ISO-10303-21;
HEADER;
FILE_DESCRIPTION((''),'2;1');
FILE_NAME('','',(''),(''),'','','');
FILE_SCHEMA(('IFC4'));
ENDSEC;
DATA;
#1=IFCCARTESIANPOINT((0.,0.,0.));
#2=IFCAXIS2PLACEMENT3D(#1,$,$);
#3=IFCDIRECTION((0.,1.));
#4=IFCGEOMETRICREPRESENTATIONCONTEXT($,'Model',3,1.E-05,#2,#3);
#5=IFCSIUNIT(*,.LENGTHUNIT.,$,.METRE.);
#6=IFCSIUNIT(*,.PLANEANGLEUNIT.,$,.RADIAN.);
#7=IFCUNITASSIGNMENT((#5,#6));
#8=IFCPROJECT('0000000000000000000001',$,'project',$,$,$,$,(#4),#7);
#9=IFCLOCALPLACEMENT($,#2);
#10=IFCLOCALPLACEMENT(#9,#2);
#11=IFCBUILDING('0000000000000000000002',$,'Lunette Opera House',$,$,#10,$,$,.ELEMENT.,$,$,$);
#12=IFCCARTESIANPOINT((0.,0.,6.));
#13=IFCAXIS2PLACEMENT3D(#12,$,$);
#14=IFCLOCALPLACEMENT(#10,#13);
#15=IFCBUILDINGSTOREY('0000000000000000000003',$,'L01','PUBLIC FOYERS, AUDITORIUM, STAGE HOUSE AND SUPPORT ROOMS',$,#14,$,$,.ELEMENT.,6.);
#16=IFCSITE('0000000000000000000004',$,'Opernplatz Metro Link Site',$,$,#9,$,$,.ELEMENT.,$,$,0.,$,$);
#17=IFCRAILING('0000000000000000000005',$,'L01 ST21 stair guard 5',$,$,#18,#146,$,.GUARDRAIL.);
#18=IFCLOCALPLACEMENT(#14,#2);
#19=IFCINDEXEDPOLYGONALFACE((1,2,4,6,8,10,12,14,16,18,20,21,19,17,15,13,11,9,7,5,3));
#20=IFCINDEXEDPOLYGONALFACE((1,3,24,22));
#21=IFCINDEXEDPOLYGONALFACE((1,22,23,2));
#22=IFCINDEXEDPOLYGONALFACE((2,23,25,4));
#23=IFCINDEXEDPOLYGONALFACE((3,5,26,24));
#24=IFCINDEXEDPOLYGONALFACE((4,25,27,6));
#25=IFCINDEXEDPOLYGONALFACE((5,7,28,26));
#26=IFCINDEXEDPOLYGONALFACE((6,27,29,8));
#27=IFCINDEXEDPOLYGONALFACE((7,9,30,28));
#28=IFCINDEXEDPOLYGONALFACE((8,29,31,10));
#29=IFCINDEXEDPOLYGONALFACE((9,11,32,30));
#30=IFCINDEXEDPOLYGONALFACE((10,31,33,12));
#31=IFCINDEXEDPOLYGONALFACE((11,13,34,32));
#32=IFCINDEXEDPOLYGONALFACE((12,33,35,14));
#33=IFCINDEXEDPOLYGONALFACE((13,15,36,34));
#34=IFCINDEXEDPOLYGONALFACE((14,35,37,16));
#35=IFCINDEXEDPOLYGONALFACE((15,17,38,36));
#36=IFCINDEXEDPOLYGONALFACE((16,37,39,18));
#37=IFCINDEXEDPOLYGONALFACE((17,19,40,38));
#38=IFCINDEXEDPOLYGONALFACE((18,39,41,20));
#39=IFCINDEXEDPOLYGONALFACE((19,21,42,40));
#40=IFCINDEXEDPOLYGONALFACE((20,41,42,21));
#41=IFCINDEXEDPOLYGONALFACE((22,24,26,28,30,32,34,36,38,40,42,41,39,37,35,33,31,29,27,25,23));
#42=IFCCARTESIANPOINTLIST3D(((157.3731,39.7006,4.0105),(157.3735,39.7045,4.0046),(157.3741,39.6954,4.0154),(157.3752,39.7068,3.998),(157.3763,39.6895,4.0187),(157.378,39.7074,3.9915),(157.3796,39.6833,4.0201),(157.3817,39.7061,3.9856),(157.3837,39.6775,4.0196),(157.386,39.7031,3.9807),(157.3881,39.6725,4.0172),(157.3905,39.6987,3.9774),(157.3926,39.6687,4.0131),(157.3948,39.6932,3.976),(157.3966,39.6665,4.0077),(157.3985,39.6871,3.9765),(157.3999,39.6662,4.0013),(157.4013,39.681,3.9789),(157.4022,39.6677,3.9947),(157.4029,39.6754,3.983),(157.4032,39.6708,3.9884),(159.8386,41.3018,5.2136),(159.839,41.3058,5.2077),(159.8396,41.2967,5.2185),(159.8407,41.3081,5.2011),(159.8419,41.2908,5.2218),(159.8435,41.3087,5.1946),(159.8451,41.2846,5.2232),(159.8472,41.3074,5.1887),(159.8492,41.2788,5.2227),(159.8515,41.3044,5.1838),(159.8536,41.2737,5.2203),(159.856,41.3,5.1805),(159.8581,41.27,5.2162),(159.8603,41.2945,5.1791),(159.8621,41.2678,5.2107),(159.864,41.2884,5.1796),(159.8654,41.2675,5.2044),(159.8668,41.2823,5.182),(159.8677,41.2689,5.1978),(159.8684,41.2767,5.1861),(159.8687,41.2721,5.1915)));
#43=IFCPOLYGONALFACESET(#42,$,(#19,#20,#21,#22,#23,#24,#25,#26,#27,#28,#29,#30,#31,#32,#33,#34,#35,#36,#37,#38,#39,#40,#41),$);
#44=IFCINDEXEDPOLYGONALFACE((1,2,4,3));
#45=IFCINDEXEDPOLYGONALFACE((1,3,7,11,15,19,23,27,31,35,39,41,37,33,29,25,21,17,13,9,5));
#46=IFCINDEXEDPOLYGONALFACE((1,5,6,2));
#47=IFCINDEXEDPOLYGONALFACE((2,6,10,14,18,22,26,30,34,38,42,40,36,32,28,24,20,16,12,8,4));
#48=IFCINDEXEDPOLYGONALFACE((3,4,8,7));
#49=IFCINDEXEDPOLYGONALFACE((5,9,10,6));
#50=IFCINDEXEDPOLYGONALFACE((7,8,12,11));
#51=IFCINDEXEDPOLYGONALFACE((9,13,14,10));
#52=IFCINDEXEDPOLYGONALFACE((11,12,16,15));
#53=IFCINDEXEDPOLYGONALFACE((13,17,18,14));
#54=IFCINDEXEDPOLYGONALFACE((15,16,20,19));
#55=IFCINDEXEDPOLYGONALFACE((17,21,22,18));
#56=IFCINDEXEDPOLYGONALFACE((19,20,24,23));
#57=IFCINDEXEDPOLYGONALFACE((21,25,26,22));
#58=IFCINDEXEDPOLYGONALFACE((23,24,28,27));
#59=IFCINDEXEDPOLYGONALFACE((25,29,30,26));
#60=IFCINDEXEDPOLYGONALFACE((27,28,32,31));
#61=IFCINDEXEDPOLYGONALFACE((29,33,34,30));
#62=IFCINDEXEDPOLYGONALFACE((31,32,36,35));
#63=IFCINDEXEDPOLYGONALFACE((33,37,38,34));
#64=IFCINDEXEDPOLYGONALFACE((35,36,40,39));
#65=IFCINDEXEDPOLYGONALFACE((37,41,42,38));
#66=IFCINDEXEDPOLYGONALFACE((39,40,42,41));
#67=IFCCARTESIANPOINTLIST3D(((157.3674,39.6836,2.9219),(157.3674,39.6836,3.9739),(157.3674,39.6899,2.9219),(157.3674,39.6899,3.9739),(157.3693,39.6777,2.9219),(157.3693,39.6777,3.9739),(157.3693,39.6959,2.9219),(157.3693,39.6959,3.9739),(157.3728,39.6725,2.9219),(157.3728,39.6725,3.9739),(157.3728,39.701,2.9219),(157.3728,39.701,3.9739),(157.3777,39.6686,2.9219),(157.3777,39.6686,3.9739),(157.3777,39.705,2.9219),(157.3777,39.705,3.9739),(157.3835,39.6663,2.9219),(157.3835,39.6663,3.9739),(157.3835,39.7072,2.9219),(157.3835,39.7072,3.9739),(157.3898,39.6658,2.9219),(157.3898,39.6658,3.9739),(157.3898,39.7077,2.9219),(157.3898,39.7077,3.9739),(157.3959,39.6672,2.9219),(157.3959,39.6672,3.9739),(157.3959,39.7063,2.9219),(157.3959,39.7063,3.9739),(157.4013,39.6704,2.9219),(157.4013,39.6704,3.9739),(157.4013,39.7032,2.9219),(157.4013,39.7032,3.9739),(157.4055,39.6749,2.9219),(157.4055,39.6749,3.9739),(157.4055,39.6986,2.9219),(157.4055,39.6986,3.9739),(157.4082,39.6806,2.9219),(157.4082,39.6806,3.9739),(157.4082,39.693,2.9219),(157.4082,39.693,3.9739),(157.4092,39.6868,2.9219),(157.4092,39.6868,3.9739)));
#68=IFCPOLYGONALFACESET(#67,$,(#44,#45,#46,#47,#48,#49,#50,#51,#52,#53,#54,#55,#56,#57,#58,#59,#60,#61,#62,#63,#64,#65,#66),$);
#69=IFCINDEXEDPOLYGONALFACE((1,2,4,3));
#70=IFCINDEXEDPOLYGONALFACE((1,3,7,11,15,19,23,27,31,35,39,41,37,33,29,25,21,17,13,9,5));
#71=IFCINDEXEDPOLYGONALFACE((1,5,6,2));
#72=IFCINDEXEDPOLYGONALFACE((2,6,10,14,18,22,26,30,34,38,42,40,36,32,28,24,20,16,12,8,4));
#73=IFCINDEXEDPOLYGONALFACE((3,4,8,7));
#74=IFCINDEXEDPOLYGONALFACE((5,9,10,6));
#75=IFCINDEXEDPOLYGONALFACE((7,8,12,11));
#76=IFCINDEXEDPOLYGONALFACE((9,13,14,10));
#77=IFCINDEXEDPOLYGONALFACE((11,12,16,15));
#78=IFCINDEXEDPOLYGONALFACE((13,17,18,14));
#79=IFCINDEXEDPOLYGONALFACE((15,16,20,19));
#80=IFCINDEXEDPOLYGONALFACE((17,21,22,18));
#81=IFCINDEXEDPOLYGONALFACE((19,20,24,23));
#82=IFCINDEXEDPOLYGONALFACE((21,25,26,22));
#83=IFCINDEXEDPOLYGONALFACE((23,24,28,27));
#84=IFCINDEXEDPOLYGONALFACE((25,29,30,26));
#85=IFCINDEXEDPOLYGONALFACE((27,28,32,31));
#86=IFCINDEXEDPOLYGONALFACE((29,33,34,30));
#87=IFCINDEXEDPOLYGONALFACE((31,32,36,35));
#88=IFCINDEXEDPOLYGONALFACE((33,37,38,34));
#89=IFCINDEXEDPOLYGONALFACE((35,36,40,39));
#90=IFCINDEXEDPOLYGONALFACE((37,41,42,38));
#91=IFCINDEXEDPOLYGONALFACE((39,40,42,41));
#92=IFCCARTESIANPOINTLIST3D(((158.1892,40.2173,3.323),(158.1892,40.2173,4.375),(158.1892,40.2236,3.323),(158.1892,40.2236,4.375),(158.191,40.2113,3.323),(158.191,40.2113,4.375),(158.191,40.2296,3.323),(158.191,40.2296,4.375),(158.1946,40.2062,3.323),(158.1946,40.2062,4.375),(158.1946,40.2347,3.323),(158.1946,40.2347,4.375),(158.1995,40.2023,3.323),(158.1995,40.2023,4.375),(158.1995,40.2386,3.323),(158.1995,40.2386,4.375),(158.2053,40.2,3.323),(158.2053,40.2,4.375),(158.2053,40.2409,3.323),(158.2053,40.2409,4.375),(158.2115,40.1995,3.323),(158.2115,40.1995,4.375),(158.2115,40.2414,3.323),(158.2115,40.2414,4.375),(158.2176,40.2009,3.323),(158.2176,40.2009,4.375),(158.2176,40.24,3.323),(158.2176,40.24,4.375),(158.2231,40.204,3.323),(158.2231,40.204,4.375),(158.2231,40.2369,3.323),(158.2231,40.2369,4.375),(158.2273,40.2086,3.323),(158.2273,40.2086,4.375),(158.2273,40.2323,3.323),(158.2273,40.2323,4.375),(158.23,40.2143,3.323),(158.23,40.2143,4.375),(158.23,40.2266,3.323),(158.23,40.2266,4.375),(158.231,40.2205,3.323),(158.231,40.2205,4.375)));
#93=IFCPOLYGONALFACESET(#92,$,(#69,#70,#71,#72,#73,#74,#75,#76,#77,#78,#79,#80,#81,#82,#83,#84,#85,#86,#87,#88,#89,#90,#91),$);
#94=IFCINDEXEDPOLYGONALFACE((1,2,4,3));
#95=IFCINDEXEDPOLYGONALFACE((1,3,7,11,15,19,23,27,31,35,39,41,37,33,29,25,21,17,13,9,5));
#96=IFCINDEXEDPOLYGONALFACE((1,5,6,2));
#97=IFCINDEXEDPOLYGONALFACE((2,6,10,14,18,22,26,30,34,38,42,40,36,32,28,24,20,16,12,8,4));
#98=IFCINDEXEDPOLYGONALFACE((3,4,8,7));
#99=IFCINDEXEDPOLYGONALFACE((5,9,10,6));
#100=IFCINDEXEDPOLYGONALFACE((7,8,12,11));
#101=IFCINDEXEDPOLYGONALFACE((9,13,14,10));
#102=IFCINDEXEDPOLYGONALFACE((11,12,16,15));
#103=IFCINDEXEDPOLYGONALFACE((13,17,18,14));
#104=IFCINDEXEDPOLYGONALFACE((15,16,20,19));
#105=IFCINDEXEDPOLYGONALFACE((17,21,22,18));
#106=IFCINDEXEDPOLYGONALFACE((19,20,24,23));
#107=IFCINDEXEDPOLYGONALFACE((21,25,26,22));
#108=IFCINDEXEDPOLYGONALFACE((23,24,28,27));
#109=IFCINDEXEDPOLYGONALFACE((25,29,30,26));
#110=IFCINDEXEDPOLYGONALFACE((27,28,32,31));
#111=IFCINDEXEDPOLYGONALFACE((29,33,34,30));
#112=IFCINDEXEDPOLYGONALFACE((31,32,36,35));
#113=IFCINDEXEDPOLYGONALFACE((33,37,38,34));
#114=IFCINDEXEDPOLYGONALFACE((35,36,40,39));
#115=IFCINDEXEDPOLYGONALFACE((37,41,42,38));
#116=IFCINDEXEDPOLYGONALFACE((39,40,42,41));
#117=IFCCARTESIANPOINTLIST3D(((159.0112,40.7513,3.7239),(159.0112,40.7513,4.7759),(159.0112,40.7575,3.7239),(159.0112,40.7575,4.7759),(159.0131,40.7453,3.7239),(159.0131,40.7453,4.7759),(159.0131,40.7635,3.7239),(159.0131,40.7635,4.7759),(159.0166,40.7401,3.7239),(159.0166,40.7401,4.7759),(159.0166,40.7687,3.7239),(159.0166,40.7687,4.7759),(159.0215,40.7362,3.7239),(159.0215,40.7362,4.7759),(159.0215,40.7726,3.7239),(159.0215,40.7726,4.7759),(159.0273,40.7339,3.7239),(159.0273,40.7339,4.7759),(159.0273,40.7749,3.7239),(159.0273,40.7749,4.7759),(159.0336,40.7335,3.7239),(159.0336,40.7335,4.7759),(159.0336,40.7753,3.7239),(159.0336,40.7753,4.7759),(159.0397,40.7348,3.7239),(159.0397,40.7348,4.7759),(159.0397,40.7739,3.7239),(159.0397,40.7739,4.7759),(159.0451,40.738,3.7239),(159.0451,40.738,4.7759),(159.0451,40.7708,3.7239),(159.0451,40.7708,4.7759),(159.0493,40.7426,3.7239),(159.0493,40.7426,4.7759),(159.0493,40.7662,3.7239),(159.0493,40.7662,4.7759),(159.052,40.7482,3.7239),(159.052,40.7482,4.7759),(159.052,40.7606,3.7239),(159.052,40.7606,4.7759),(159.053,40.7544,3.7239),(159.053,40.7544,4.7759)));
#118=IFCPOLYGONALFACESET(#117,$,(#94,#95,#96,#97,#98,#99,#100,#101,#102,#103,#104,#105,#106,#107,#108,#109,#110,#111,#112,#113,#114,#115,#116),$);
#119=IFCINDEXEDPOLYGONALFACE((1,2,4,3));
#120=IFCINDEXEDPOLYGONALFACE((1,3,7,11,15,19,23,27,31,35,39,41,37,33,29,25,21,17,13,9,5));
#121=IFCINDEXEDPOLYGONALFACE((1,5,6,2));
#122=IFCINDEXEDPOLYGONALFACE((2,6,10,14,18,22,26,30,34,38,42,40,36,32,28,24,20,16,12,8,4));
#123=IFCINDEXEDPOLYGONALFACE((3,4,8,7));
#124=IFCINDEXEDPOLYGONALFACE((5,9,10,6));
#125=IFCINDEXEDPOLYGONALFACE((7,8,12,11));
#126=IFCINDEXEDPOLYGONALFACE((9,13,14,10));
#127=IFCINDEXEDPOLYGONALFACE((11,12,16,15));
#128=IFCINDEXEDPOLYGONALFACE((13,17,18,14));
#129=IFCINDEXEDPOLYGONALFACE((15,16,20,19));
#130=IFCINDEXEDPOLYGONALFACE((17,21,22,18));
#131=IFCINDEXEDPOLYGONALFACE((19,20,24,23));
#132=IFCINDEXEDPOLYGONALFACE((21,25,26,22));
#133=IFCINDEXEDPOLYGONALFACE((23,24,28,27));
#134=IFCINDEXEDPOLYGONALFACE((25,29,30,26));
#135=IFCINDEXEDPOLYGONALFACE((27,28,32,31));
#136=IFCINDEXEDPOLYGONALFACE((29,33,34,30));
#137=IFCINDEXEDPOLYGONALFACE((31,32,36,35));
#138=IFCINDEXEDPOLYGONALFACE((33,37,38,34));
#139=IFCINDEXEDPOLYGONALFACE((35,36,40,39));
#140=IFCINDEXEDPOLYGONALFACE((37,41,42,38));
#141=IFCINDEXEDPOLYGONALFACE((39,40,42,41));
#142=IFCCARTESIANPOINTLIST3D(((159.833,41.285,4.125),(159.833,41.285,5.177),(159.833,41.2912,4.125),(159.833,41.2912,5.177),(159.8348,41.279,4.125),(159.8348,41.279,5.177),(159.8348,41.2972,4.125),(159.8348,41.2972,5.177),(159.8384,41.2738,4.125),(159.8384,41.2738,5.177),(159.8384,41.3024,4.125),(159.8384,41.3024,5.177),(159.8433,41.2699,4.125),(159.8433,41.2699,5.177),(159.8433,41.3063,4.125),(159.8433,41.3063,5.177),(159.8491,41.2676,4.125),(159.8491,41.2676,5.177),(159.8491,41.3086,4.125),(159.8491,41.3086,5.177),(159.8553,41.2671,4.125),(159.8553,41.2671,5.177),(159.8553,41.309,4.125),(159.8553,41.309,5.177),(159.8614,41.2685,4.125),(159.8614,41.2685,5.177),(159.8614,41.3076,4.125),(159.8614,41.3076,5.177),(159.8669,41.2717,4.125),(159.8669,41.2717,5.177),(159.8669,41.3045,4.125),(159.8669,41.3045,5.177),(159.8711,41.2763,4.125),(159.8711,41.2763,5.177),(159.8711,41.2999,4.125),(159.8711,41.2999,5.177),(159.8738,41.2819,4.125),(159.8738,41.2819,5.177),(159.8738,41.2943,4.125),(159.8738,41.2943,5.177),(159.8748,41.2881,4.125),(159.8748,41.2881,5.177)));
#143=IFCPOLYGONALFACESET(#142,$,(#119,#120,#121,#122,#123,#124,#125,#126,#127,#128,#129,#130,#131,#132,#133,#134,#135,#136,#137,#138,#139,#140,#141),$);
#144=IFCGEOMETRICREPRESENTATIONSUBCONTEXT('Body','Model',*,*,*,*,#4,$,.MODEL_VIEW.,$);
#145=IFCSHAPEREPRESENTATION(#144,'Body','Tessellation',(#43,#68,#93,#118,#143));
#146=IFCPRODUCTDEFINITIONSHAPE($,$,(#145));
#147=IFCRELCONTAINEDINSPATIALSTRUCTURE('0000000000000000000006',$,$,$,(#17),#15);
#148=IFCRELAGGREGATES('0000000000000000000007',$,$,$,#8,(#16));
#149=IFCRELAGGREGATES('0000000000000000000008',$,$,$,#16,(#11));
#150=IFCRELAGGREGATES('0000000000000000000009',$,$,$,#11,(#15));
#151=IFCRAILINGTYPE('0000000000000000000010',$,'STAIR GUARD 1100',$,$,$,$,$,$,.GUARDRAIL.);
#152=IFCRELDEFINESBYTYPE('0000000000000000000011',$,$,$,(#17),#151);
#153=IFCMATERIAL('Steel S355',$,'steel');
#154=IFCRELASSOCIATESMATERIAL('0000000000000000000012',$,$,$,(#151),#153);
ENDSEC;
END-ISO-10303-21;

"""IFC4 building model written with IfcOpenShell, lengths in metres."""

from ifc_helpers import new_model, si_unit, direction, frame, origin, origin_2d, place, context, subcontext, project, spatial, circle, extrude, material, type_object, element, save


model = new_model("IFC4")

# Units and contexts
model_context = context("Model", 3, precision=1e-05, world=origin(), true_north=direction((0.0, 1.0)))
body_context = subcontext(model_context, "Body", "Model", "MODEL_VIEW")
ifc_project = project(units=[si_unit("LENGTHUNIT", "METRE"), si_unit("PLANEANGLEUNIT", "RADIAN")], contexts=[model_context])

# Site, building, storey
site_placement = place(None, origin())
site = spatial("IfcSite", under=ifc_project, at=site_placement, Name="Opernplatz Metro Link Site", CompositionType="ELEMENT", RefElevation=0.0)
building_placement = place(site_placement, origin())
building = spatial("IfcBuilding", under=site, at=building_placement, Name="Lunette Opera House", CompositionType="ELEMENT")
storey_placement = place(building_placement, frame((0.0, 0.0, 6.0)))
storey = spatial("IfcBuildingStorey", under=building, at=storey_placement, Name="L01", Description="PUBLIC FOYERS, AUDITORIUM, STAGE HOUSE AND SUPPORT ROOMS", CompositionType="ELEMENT", Elevation=6.0)

# Railing
ifc_material_1 = material(Name="Steel S355", Category="steel")
railing_type_1 = type_object("IfcRailingType", Name="STAIR GUARD 1100", PredefinedType="GUARDRAIL", material=ifc_material_1)
railing_1_placement = place(storey_placement, frame((157.3882, 39.6868, 2.9219)))
element("IfcRailing", 1, at=railing_1_placement, inside=storey, type_object=railing_type_1, Name="L01 ST21 stair guard 5", PredefinedType="GUARDRAIL", context=body_context, shape_type="SweptSolid", body=[
    extrude(circle(Radius=0.0239, at=origin_2d()), frame((0.0, 0.0, 1.0762), z_axis=(0.776168, 0.504098, 0.378746), x_axis=(-0.544676, 0.838647, 0.0)), (0.0, 0.0, 1.0), 3.1765),
    extrude(circle(Radius=0.021, at=origin_2d()), origin(), (0.0, 0.0, 1.0), 1.052),
    extrude(circle(Radius=0.021, at=origin_2d()), frame((0.8218, 0.5337, 0.4011)), (0.0, 0.0, 1.0), 1.052),
    extrude(circle(Radius=0.021, at=origin_2d()), frame((1.6438, 1.0676, 0.802)), (0.0, 0.0, 1.0), 1.052),
    extrude(circle(Radius=0.021, at=origin_2d()), frame((2.4656, 1.6013, 1.2031)), (0.0, 0.0, 1.0), 1.052),
])

save(model, "model.ifc")
